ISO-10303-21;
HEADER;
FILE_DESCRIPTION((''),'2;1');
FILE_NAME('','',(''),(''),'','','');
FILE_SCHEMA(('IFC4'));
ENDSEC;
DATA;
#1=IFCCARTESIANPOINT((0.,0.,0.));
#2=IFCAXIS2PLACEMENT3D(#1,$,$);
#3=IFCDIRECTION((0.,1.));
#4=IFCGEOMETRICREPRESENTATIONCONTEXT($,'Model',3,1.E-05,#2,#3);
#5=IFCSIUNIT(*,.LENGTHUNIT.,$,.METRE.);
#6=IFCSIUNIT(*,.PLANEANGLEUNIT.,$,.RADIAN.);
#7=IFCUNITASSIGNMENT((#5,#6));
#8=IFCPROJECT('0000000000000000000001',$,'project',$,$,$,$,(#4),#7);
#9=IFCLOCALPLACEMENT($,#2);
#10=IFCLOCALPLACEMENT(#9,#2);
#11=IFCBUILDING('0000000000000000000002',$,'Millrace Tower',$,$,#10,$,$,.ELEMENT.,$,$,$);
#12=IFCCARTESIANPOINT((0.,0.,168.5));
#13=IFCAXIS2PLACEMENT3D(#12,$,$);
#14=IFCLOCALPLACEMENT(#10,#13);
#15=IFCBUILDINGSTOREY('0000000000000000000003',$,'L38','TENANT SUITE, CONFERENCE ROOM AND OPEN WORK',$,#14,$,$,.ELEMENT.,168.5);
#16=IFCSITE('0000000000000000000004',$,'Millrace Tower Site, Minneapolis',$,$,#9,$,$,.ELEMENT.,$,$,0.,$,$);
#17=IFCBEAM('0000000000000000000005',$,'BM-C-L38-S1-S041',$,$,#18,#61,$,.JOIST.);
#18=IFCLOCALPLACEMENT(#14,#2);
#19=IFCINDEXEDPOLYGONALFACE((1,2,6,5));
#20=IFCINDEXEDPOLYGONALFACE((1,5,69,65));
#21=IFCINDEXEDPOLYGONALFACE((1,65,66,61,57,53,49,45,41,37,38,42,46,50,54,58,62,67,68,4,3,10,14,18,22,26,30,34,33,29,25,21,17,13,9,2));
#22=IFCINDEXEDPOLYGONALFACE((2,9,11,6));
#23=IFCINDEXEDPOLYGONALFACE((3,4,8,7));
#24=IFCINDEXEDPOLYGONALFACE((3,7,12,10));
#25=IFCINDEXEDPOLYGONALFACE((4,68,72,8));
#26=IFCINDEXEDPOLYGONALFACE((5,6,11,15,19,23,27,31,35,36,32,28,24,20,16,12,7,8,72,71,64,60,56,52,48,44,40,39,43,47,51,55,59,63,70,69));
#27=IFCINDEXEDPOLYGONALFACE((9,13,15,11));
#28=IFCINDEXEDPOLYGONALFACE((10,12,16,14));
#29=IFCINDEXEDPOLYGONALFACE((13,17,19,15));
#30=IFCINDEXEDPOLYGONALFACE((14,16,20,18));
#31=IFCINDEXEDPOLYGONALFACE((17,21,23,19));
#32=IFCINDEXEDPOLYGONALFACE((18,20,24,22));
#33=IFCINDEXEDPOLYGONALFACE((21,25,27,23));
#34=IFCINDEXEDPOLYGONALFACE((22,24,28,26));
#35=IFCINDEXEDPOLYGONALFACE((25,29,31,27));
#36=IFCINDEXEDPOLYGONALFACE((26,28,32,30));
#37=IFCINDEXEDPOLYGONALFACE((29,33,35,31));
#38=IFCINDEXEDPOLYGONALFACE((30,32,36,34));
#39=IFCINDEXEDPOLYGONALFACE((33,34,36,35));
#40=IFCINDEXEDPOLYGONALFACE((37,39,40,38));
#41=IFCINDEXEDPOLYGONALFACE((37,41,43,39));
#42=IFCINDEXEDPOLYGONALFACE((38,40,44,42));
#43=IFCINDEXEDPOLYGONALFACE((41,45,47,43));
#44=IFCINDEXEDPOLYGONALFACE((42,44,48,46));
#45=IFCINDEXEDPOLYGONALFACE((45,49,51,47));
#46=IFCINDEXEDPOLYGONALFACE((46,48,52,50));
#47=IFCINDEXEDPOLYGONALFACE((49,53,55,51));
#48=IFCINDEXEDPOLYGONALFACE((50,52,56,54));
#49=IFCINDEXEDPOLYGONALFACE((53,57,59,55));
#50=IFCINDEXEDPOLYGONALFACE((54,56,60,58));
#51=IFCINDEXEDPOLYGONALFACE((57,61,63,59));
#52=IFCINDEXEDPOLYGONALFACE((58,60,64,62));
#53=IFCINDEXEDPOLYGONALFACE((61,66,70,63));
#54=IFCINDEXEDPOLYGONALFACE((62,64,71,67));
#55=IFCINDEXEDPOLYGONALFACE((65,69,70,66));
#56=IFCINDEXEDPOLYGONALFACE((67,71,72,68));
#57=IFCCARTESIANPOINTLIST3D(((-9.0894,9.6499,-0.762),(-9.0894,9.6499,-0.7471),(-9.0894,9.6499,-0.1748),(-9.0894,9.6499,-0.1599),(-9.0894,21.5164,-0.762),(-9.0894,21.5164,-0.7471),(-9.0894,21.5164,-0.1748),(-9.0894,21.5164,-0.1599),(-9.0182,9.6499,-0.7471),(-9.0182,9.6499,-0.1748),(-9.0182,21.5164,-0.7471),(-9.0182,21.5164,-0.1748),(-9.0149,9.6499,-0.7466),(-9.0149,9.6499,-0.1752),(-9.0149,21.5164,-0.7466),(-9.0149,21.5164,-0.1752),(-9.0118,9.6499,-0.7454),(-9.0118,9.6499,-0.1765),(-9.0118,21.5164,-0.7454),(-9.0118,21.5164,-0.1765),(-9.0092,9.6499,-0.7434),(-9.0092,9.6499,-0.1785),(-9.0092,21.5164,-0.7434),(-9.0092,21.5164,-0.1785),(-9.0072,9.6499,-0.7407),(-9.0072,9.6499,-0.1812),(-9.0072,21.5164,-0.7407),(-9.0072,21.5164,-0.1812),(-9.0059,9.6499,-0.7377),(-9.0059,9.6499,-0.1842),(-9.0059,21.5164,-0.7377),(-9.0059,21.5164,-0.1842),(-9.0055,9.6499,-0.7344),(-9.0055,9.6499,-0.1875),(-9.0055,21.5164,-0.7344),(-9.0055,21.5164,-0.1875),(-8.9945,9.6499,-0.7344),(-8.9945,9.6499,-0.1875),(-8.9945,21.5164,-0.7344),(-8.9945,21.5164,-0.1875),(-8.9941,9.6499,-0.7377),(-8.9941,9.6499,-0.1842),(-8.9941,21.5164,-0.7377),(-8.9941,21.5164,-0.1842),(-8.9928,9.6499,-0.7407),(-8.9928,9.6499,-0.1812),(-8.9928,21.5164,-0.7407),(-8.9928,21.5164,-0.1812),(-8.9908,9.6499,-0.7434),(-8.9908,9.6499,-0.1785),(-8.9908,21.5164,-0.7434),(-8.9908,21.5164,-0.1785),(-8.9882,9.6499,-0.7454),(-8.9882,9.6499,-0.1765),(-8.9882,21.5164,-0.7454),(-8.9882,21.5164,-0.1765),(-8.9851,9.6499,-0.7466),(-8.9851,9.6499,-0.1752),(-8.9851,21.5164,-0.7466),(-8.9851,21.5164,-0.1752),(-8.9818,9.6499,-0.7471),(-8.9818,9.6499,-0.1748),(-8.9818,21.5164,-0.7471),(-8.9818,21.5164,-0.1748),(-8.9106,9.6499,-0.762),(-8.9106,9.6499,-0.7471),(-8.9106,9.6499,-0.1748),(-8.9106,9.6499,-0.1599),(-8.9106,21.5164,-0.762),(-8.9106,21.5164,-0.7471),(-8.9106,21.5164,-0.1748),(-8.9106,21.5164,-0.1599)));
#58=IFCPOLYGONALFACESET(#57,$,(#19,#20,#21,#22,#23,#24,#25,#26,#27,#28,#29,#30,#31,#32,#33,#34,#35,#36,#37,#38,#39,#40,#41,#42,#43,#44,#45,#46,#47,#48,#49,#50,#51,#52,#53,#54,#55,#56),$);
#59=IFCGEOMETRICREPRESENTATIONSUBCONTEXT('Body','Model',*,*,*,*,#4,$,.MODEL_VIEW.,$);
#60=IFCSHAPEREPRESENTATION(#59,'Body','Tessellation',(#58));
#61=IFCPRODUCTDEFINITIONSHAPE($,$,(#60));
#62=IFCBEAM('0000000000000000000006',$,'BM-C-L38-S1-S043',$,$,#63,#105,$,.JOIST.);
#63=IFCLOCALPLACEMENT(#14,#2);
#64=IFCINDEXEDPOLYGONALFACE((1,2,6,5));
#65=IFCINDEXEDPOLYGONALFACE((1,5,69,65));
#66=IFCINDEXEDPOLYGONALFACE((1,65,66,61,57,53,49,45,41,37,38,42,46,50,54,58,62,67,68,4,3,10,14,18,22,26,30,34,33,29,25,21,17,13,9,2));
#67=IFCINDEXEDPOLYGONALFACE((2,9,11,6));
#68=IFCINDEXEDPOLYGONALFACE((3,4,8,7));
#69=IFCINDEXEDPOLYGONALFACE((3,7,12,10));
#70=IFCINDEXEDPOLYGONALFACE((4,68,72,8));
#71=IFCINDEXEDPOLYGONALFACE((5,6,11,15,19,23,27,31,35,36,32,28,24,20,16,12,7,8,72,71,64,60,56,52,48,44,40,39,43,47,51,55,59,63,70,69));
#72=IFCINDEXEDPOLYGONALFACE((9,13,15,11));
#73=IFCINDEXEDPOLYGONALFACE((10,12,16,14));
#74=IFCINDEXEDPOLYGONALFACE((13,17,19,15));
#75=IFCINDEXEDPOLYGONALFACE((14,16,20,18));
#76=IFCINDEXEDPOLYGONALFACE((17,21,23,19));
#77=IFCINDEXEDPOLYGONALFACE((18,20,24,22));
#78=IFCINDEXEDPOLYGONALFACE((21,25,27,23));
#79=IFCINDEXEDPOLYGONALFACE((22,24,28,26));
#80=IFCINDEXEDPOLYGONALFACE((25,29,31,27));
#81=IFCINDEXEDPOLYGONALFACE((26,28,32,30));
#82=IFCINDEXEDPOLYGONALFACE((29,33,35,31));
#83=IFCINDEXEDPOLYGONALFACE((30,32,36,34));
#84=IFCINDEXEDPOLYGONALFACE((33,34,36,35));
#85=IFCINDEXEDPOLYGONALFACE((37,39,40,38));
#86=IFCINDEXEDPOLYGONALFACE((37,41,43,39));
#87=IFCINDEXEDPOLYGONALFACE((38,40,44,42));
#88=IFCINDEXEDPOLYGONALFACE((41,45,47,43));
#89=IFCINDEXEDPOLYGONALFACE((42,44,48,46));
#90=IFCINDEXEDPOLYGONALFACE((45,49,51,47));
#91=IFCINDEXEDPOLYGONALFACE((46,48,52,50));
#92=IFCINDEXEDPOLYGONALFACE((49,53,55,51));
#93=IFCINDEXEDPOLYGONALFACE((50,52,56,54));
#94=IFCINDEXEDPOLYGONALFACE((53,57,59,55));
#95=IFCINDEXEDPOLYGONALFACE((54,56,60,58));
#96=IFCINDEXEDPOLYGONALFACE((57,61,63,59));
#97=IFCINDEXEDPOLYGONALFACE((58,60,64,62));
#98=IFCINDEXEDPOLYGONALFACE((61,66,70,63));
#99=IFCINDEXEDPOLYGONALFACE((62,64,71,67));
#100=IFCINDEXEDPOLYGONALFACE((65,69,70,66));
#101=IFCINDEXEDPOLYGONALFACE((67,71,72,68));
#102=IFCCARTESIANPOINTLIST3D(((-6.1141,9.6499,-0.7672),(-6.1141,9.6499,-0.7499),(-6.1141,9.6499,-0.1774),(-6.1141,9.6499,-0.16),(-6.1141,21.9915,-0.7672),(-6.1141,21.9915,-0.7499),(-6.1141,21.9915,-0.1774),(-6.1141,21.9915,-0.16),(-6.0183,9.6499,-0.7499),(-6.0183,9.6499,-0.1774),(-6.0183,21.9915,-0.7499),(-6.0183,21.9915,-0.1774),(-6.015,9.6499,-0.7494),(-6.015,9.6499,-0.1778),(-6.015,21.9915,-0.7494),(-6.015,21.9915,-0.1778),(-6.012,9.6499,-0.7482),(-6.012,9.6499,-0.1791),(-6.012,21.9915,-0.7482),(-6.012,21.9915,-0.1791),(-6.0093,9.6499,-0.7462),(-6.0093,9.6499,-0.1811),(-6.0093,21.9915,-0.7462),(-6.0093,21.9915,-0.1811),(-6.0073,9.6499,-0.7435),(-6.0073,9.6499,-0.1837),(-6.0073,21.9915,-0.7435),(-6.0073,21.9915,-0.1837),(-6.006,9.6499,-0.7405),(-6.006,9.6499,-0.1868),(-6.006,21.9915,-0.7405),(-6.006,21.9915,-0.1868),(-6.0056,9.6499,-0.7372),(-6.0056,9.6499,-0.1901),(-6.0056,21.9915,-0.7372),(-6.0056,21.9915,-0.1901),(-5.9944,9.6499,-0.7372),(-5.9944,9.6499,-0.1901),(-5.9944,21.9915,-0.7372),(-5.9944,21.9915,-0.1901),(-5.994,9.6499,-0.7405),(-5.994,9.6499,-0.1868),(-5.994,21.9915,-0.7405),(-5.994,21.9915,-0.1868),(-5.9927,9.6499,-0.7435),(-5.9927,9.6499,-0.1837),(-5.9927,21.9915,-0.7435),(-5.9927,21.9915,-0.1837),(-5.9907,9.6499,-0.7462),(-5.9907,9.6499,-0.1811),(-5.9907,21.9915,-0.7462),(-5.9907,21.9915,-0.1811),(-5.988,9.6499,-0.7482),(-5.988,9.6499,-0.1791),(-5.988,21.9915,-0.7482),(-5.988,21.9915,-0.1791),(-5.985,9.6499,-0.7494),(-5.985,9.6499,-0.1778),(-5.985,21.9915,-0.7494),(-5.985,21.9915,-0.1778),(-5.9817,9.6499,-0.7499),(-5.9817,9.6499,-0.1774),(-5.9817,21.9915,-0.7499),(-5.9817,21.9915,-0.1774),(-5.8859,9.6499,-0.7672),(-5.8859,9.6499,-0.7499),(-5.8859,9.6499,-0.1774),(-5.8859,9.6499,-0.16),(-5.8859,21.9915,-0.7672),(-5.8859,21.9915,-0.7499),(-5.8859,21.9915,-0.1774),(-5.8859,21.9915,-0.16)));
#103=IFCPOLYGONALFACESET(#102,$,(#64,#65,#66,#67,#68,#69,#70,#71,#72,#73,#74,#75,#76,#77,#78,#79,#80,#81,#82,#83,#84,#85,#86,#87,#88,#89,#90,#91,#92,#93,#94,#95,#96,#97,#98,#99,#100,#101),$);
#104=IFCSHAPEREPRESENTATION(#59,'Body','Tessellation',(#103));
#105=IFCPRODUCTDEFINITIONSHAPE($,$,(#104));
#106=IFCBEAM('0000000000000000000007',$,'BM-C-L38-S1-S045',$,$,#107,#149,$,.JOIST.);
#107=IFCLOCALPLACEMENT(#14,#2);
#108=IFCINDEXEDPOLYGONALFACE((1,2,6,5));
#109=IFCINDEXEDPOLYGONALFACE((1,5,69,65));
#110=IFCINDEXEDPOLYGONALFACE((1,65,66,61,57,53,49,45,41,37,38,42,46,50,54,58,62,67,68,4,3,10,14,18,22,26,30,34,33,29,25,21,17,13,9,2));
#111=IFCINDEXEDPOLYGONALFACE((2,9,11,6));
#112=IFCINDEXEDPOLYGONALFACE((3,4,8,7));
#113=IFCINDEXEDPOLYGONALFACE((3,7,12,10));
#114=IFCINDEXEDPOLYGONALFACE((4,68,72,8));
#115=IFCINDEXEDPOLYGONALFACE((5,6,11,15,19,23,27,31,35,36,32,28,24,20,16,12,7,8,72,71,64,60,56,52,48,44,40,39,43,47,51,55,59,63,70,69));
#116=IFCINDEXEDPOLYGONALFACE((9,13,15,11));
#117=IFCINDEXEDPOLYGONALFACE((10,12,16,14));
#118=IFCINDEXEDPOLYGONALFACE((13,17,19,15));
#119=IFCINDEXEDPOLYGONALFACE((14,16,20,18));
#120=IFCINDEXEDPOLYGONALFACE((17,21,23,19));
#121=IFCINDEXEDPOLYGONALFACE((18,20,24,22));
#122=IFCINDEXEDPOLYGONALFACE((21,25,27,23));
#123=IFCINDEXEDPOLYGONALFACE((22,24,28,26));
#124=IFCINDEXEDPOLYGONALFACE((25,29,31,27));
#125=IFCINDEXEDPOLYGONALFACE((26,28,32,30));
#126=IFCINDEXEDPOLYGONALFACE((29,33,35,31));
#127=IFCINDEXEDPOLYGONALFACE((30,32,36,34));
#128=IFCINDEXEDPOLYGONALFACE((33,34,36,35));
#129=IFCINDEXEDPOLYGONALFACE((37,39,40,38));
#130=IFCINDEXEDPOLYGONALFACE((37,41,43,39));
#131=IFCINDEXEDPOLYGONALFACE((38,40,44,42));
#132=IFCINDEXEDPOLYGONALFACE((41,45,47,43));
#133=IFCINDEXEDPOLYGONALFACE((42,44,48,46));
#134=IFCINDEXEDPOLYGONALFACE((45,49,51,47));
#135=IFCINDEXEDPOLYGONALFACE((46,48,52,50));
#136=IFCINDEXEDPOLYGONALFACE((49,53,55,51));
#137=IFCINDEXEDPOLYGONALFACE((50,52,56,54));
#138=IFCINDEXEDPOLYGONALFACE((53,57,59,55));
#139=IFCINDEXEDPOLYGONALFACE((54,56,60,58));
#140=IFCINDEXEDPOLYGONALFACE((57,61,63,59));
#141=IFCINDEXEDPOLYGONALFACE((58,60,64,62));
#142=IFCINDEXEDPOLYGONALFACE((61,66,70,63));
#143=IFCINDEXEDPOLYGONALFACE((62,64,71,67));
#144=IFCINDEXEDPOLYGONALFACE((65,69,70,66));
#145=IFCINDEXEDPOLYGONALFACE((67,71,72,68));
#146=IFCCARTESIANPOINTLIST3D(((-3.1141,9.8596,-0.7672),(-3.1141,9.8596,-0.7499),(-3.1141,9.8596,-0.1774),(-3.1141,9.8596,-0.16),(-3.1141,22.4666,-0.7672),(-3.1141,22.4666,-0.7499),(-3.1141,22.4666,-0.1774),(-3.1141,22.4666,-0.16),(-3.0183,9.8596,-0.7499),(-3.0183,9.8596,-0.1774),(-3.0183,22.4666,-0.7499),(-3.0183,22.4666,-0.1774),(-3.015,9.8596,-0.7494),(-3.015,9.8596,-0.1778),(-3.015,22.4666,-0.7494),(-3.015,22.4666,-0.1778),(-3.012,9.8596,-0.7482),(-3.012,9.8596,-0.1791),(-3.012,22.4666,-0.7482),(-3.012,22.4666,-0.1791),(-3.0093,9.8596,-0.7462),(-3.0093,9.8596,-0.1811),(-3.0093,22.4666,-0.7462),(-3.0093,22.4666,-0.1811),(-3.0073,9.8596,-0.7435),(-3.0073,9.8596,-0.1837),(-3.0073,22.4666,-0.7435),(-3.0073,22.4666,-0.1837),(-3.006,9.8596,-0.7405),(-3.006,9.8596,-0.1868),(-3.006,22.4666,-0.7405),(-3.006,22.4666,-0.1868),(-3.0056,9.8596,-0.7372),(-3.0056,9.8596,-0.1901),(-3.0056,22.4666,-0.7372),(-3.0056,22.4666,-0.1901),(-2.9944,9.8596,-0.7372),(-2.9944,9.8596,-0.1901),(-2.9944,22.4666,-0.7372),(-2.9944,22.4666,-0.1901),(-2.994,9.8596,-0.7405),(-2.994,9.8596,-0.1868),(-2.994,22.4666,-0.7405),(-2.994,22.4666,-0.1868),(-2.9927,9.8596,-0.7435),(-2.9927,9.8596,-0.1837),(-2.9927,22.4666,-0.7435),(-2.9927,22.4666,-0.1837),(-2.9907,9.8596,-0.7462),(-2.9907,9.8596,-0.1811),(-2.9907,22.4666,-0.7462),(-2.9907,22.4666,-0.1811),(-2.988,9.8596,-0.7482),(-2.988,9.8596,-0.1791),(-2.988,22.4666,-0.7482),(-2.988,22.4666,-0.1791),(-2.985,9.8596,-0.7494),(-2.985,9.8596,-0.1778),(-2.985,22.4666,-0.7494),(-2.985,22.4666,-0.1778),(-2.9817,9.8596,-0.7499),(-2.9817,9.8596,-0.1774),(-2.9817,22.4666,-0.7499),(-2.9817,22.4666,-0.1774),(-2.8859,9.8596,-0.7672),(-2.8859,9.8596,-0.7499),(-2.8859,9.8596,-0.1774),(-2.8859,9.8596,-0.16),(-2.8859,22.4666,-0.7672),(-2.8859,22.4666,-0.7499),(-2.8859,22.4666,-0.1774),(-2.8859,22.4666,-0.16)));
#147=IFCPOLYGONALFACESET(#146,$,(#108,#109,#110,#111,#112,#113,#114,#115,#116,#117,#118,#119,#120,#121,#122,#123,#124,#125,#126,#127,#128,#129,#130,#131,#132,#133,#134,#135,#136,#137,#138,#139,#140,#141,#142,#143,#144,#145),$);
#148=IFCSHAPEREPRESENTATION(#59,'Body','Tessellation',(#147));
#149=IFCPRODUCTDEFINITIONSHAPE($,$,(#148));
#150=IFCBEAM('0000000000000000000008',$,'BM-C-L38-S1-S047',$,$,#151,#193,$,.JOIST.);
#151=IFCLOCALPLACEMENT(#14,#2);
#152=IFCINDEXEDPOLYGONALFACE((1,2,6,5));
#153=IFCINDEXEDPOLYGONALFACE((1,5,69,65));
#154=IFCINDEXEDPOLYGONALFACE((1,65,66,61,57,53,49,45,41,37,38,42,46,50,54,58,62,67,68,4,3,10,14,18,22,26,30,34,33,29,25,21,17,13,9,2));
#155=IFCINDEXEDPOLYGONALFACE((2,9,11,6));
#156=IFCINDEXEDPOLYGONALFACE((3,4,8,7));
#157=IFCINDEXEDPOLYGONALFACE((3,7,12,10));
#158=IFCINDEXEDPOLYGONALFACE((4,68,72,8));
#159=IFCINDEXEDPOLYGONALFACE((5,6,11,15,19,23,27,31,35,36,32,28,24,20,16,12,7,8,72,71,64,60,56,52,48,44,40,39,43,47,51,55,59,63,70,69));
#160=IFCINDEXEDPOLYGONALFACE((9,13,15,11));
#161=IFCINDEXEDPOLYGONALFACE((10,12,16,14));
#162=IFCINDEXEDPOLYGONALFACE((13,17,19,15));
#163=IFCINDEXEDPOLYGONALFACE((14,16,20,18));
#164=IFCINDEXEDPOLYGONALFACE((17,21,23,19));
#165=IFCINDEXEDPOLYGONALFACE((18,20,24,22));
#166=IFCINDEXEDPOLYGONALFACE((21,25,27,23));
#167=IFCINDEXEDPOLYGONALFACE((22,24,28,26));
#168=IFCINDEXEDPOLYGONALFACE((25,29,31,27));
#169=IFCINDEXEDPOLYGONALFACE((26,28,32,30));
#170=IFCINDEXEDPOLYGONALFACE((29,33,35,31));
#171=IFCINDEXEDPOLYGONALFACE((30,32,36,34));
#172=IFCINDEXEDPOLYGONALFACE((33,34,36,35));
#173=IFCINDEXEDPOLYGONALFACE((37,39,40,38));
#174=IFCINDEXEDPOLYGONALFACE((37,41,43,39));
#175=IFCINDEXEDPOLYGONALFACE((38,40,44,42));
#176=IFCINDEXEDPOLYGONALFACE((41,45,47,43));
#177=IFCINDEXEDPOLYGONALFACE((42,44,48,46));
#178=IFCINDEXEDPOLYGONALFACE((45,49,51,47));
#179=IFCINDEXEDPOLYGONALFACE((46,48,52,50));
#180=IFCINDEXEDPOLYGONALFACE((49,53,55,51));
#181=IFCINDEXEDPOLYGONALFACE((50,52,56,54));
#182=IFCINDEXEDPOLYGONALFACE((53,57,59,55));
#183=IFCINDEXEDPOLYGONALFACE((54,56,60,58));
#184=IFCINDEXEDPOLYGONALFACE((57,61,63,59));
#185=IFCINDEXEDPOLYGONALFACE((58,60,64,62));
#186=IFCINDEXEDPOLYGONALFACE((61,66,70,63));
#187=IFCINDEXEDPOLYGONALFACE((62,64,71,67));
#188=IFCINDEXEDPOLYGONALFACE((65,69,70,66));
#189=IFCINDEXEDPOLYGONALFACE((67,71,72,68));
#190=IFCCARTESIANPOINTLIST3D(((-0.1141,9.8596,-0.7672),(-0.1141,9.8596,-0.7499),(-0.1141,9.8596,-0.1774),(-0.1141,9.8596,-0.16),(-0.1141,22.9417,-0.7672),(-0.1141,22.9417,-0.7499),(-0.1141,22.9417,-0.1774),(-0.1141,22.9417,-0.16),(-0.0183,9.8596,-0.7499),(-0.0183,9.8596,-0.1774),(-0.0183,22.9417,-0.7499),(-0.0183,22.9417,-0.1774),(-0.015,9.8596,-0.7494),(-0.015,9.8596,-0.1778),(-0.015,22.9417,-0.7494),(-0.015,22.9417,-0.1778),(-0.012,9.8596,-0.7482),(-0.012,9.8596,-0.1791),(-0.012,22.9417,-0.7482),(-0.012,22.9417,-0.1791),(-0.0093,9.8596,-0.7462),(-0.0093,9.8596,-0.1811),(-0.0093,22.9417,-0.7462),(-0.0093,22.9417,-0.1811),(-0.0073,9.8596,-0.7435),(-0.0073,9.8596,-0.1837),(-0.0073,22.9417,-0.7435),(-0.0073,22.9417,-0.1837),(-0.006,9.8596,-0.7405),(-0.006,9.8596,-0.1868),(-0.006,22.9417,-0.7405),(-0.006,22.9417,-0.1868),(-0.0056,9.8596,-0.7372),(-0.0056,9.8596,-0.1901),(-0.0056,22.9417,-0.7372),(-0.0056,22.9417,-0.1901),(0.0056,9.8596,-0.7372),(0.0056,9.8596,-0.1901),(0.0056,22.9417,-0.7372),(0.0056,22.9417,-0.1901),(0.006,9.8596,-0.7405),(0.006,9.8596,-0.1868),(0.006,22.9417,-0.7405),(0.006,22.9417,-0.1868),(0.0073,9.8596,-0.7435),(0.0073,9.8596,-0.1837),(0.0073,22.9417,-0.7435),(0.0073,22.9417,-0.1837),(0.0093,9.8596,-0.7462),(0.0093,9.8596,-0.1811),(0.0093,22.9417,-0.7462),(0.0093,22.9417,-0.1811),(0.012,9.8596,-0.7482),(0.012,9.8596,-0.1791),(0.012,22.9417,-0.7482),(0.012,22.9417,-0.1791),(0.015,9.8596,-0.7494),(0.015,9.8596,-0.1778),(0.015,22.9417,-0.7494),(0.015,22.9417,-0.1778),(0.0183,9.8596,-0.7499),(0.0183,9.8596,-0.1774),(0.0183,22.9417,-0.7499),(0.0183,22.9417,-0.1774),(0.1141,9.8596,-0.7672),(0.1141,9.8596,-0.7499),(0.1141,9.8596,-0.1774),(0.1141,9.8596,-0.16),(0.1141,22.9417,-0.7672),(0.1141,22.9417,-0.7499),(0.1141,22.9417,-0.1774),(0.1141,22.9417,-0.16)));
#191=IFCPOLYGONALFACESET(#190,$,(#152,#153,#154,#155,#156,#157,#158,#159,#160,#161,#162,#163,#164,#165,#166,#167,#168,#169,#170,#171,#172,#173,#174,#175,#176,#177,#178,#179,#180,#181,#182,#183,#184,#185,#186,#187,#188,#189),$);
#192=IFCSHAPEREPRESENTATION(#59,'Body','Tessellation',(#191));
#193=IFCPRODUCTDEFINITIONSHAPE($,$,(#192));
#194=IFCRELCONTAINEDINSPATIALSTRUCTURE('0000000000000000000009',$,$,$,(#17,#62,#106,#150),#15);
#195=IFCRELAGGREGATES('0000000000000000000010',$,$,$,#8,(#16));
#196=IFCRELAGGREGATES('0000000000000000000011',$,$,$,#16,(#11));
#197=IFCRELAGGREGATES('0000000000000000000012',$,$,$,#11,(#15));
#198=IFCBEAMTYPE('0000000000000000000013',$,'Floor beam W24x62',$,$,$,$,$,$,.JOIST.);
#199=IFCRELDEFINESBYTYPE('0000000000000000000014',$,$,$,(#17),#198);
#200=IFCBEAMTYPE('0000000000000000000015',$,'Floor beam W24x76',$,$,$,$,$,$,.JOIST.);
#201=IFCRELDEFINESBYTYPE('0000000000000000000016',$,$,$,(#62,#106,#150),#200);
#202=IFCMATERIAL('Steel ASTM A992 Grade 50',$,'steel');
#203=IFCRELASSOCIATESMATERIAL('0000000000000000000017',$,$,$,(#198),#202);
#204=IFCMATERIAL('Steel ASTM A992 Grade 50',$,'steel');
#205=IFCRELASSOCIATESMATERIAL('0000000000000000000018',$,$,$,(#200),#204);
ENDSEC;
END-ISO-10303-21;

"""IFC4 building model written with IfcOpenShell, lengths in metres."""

from ifc_helpers import new_model, si_unit, direction, frame, origin, origin_2d, place, context, subcontext, project, spatial, i_section, extrude, material, material_profile, profile_set, type_object, element, save


model = new_model("IFC4")

# Units and contexts
model_context = context("Model", 3, precision=1e-05, world=origin(), true_north=direction((0.0, 1.0)))
body_context = subcontext(model_context, "Body", "Model", "MODEL_VIEW")
ifc_project = project(units=[si_unit("LENGTHUNIT", "METRE"), si_unit("PLANEANGLEUNIT", "RADIAN")], contexts=[model_context])

# Site, building, storey
site_placement = place(None, origin())
site = spatial("IfcSite", under=ifc_project, at=site_placement, Name="Millrace Tower Site, Minneapolis", CompositionType="ELEMENT", RefElevation=0.0)
building_placement = place(site_placement, origin())
building = spatial("IfcBuilding", under=site, at=building_placement, Name="Millrace Tower", CompositionType="ELEMENT")
storey_placement = place(building_placement, frame((0.0, 0.0, 168.5)))
storey = spatial("IfcBuildingStorey", under=building, at=storey_placement, Name="L38", Description="TENANT SUITE, CONFERENCE ROOM AND OPEN WORK", CompositionType="ELEMENT", Elevation=168.5)

# Beams
ifc_material_1 = material(Name="Steel ASTM A992 Grade 50", Category="steel")
ifc_material_profile_1 = material_profile(ifc_material_1, i_section(OverallWidth=0.1787, OverallDepth=0.6021, WebThickness=0.011, FlangeThickness=0.0149, FilletRadius=0.0127, at=origin_2d()))
ifc_profile_set_1 = profile_set([ifc_material_profile_1], Name="Steel ASTM A992 Grade 50")
beam_type_1 = type_object("IfcBeamType", Name="Floor beam W24x62", PredefinedType="JOIST", material=ifc_profile_set_1)
beam_1_placement = place(storey_placement, frame((-9.0, 9.6499, -0.4609), z_axis=(0.0, 1.0, 0.0), x_axis=(-1.0, 0.0, 0.0)))
element("IfcBeam", 1, at=beam_1_placement, inside=storey, type_object=beam_type_1, Name="BM-C-L38-S1-S041", PredefinedType="JOIST", context=body_context, shape_type="SweptSolid", body=[
    extrude(i_section(OverallWidth=0.1787, OverallDepth=0.6021, WebThickness=0.011, FlangeThickness=0.0149, FilletRadius=0.0127, at=origin_2d()), origin(), (0.0, 0.0, 1.0), 11.8665),
])
ifc_material_2 = material(Name="Steel ASTM A992 Grade 50", Category="steel")
ifc_material_profile_2 = material_profile(ifc_material_2, i_section(OverallWidth=0.2283, OverallDepth=0.6072, WebThickness=0.0112, FlangeThickness=0.0173, FilletRadius=0.0127, at=origin_2d()))
ifc_profile_set_2 = profile_set([ifc_material_profile_2], Name="Steel ASTM A992 Grade 50")
beam_type_2 = type_object("IfcBeamType", Name="Floor beam W24x76", PredefinedType="JOIST", material=ifc_profile_set_2)
beam_2_placement = place(storey_placement, frame((-6.0, 9.6499, -0.4636), z_axis=(0.0, 1.0, 0.0), x_axis=(-1.0, 0.0, 0.0)))
element("IfcBeam", 2, at=beam_2_placement, inside=storey, type_object=beam_type_2, Name="BM-C-L38-S1-S043", PredefinedType="JOIST", context=body_context, shape_type="SweptSolid", body=[
    extrude(i_section(OverallWidth=0.2283, OverallDepth=0.6072, WebThickness=0.0112, FlangeThickness=0.0173, FilletRadius=0.0127, at=origin_2d()), origin(), (0.0, 0.0, 1.0), 12.3416),
])
beam_3_placement = place(storey_placement, frame((-3.0, 9.8596, -0.4636), z_axis=(0.0, 1.0, 0.0), x_axis=(-1.0, 0.0, 0.0)))
element("IfcBeam", 3, at=beam_3_placement, inside=storey, type_object=beam_type_2, Name="BM-C-L38-S1-S045", PredefinedType="JOIST", context=body_context, shape_type="SweptSolid", body=[
    extrude(i_section(OverallWidth=0.2283, OverallDepth=0.6072, WebThickness=0.0112, FlangeThickness=0.0173, FilletRadius=0.0127, at=origin_2d()), origin(), (0.0, 0.0, 1.0), 12.6069),
])
beam_4_placement = place(storey_placement, frame((0.0, 9.8596, -0.4636), z_axis=(0.0, 1.0, 0.0), x_axis=(-1.0, 0.0, 0.0)))
element("IfcBeam", 4, at=beam_4_placement, inside=storey, type_object=beam_type_2, Name="BM-C-L38-S1-S047", PredefinedType="JOIST", context=body_context, shape_type="SweptSolid", body=[
    extrude(i_section(OverallWidth=0.2283, OverallDepth=0.6072, WebThickness=0.0112, FlangeThickness=0.0173, FilletRadius=0.0127, at=origin_2d()), origin(), (0.0, 0.0, 1.0), 13.082),
])

save(model, "model.ifc")
